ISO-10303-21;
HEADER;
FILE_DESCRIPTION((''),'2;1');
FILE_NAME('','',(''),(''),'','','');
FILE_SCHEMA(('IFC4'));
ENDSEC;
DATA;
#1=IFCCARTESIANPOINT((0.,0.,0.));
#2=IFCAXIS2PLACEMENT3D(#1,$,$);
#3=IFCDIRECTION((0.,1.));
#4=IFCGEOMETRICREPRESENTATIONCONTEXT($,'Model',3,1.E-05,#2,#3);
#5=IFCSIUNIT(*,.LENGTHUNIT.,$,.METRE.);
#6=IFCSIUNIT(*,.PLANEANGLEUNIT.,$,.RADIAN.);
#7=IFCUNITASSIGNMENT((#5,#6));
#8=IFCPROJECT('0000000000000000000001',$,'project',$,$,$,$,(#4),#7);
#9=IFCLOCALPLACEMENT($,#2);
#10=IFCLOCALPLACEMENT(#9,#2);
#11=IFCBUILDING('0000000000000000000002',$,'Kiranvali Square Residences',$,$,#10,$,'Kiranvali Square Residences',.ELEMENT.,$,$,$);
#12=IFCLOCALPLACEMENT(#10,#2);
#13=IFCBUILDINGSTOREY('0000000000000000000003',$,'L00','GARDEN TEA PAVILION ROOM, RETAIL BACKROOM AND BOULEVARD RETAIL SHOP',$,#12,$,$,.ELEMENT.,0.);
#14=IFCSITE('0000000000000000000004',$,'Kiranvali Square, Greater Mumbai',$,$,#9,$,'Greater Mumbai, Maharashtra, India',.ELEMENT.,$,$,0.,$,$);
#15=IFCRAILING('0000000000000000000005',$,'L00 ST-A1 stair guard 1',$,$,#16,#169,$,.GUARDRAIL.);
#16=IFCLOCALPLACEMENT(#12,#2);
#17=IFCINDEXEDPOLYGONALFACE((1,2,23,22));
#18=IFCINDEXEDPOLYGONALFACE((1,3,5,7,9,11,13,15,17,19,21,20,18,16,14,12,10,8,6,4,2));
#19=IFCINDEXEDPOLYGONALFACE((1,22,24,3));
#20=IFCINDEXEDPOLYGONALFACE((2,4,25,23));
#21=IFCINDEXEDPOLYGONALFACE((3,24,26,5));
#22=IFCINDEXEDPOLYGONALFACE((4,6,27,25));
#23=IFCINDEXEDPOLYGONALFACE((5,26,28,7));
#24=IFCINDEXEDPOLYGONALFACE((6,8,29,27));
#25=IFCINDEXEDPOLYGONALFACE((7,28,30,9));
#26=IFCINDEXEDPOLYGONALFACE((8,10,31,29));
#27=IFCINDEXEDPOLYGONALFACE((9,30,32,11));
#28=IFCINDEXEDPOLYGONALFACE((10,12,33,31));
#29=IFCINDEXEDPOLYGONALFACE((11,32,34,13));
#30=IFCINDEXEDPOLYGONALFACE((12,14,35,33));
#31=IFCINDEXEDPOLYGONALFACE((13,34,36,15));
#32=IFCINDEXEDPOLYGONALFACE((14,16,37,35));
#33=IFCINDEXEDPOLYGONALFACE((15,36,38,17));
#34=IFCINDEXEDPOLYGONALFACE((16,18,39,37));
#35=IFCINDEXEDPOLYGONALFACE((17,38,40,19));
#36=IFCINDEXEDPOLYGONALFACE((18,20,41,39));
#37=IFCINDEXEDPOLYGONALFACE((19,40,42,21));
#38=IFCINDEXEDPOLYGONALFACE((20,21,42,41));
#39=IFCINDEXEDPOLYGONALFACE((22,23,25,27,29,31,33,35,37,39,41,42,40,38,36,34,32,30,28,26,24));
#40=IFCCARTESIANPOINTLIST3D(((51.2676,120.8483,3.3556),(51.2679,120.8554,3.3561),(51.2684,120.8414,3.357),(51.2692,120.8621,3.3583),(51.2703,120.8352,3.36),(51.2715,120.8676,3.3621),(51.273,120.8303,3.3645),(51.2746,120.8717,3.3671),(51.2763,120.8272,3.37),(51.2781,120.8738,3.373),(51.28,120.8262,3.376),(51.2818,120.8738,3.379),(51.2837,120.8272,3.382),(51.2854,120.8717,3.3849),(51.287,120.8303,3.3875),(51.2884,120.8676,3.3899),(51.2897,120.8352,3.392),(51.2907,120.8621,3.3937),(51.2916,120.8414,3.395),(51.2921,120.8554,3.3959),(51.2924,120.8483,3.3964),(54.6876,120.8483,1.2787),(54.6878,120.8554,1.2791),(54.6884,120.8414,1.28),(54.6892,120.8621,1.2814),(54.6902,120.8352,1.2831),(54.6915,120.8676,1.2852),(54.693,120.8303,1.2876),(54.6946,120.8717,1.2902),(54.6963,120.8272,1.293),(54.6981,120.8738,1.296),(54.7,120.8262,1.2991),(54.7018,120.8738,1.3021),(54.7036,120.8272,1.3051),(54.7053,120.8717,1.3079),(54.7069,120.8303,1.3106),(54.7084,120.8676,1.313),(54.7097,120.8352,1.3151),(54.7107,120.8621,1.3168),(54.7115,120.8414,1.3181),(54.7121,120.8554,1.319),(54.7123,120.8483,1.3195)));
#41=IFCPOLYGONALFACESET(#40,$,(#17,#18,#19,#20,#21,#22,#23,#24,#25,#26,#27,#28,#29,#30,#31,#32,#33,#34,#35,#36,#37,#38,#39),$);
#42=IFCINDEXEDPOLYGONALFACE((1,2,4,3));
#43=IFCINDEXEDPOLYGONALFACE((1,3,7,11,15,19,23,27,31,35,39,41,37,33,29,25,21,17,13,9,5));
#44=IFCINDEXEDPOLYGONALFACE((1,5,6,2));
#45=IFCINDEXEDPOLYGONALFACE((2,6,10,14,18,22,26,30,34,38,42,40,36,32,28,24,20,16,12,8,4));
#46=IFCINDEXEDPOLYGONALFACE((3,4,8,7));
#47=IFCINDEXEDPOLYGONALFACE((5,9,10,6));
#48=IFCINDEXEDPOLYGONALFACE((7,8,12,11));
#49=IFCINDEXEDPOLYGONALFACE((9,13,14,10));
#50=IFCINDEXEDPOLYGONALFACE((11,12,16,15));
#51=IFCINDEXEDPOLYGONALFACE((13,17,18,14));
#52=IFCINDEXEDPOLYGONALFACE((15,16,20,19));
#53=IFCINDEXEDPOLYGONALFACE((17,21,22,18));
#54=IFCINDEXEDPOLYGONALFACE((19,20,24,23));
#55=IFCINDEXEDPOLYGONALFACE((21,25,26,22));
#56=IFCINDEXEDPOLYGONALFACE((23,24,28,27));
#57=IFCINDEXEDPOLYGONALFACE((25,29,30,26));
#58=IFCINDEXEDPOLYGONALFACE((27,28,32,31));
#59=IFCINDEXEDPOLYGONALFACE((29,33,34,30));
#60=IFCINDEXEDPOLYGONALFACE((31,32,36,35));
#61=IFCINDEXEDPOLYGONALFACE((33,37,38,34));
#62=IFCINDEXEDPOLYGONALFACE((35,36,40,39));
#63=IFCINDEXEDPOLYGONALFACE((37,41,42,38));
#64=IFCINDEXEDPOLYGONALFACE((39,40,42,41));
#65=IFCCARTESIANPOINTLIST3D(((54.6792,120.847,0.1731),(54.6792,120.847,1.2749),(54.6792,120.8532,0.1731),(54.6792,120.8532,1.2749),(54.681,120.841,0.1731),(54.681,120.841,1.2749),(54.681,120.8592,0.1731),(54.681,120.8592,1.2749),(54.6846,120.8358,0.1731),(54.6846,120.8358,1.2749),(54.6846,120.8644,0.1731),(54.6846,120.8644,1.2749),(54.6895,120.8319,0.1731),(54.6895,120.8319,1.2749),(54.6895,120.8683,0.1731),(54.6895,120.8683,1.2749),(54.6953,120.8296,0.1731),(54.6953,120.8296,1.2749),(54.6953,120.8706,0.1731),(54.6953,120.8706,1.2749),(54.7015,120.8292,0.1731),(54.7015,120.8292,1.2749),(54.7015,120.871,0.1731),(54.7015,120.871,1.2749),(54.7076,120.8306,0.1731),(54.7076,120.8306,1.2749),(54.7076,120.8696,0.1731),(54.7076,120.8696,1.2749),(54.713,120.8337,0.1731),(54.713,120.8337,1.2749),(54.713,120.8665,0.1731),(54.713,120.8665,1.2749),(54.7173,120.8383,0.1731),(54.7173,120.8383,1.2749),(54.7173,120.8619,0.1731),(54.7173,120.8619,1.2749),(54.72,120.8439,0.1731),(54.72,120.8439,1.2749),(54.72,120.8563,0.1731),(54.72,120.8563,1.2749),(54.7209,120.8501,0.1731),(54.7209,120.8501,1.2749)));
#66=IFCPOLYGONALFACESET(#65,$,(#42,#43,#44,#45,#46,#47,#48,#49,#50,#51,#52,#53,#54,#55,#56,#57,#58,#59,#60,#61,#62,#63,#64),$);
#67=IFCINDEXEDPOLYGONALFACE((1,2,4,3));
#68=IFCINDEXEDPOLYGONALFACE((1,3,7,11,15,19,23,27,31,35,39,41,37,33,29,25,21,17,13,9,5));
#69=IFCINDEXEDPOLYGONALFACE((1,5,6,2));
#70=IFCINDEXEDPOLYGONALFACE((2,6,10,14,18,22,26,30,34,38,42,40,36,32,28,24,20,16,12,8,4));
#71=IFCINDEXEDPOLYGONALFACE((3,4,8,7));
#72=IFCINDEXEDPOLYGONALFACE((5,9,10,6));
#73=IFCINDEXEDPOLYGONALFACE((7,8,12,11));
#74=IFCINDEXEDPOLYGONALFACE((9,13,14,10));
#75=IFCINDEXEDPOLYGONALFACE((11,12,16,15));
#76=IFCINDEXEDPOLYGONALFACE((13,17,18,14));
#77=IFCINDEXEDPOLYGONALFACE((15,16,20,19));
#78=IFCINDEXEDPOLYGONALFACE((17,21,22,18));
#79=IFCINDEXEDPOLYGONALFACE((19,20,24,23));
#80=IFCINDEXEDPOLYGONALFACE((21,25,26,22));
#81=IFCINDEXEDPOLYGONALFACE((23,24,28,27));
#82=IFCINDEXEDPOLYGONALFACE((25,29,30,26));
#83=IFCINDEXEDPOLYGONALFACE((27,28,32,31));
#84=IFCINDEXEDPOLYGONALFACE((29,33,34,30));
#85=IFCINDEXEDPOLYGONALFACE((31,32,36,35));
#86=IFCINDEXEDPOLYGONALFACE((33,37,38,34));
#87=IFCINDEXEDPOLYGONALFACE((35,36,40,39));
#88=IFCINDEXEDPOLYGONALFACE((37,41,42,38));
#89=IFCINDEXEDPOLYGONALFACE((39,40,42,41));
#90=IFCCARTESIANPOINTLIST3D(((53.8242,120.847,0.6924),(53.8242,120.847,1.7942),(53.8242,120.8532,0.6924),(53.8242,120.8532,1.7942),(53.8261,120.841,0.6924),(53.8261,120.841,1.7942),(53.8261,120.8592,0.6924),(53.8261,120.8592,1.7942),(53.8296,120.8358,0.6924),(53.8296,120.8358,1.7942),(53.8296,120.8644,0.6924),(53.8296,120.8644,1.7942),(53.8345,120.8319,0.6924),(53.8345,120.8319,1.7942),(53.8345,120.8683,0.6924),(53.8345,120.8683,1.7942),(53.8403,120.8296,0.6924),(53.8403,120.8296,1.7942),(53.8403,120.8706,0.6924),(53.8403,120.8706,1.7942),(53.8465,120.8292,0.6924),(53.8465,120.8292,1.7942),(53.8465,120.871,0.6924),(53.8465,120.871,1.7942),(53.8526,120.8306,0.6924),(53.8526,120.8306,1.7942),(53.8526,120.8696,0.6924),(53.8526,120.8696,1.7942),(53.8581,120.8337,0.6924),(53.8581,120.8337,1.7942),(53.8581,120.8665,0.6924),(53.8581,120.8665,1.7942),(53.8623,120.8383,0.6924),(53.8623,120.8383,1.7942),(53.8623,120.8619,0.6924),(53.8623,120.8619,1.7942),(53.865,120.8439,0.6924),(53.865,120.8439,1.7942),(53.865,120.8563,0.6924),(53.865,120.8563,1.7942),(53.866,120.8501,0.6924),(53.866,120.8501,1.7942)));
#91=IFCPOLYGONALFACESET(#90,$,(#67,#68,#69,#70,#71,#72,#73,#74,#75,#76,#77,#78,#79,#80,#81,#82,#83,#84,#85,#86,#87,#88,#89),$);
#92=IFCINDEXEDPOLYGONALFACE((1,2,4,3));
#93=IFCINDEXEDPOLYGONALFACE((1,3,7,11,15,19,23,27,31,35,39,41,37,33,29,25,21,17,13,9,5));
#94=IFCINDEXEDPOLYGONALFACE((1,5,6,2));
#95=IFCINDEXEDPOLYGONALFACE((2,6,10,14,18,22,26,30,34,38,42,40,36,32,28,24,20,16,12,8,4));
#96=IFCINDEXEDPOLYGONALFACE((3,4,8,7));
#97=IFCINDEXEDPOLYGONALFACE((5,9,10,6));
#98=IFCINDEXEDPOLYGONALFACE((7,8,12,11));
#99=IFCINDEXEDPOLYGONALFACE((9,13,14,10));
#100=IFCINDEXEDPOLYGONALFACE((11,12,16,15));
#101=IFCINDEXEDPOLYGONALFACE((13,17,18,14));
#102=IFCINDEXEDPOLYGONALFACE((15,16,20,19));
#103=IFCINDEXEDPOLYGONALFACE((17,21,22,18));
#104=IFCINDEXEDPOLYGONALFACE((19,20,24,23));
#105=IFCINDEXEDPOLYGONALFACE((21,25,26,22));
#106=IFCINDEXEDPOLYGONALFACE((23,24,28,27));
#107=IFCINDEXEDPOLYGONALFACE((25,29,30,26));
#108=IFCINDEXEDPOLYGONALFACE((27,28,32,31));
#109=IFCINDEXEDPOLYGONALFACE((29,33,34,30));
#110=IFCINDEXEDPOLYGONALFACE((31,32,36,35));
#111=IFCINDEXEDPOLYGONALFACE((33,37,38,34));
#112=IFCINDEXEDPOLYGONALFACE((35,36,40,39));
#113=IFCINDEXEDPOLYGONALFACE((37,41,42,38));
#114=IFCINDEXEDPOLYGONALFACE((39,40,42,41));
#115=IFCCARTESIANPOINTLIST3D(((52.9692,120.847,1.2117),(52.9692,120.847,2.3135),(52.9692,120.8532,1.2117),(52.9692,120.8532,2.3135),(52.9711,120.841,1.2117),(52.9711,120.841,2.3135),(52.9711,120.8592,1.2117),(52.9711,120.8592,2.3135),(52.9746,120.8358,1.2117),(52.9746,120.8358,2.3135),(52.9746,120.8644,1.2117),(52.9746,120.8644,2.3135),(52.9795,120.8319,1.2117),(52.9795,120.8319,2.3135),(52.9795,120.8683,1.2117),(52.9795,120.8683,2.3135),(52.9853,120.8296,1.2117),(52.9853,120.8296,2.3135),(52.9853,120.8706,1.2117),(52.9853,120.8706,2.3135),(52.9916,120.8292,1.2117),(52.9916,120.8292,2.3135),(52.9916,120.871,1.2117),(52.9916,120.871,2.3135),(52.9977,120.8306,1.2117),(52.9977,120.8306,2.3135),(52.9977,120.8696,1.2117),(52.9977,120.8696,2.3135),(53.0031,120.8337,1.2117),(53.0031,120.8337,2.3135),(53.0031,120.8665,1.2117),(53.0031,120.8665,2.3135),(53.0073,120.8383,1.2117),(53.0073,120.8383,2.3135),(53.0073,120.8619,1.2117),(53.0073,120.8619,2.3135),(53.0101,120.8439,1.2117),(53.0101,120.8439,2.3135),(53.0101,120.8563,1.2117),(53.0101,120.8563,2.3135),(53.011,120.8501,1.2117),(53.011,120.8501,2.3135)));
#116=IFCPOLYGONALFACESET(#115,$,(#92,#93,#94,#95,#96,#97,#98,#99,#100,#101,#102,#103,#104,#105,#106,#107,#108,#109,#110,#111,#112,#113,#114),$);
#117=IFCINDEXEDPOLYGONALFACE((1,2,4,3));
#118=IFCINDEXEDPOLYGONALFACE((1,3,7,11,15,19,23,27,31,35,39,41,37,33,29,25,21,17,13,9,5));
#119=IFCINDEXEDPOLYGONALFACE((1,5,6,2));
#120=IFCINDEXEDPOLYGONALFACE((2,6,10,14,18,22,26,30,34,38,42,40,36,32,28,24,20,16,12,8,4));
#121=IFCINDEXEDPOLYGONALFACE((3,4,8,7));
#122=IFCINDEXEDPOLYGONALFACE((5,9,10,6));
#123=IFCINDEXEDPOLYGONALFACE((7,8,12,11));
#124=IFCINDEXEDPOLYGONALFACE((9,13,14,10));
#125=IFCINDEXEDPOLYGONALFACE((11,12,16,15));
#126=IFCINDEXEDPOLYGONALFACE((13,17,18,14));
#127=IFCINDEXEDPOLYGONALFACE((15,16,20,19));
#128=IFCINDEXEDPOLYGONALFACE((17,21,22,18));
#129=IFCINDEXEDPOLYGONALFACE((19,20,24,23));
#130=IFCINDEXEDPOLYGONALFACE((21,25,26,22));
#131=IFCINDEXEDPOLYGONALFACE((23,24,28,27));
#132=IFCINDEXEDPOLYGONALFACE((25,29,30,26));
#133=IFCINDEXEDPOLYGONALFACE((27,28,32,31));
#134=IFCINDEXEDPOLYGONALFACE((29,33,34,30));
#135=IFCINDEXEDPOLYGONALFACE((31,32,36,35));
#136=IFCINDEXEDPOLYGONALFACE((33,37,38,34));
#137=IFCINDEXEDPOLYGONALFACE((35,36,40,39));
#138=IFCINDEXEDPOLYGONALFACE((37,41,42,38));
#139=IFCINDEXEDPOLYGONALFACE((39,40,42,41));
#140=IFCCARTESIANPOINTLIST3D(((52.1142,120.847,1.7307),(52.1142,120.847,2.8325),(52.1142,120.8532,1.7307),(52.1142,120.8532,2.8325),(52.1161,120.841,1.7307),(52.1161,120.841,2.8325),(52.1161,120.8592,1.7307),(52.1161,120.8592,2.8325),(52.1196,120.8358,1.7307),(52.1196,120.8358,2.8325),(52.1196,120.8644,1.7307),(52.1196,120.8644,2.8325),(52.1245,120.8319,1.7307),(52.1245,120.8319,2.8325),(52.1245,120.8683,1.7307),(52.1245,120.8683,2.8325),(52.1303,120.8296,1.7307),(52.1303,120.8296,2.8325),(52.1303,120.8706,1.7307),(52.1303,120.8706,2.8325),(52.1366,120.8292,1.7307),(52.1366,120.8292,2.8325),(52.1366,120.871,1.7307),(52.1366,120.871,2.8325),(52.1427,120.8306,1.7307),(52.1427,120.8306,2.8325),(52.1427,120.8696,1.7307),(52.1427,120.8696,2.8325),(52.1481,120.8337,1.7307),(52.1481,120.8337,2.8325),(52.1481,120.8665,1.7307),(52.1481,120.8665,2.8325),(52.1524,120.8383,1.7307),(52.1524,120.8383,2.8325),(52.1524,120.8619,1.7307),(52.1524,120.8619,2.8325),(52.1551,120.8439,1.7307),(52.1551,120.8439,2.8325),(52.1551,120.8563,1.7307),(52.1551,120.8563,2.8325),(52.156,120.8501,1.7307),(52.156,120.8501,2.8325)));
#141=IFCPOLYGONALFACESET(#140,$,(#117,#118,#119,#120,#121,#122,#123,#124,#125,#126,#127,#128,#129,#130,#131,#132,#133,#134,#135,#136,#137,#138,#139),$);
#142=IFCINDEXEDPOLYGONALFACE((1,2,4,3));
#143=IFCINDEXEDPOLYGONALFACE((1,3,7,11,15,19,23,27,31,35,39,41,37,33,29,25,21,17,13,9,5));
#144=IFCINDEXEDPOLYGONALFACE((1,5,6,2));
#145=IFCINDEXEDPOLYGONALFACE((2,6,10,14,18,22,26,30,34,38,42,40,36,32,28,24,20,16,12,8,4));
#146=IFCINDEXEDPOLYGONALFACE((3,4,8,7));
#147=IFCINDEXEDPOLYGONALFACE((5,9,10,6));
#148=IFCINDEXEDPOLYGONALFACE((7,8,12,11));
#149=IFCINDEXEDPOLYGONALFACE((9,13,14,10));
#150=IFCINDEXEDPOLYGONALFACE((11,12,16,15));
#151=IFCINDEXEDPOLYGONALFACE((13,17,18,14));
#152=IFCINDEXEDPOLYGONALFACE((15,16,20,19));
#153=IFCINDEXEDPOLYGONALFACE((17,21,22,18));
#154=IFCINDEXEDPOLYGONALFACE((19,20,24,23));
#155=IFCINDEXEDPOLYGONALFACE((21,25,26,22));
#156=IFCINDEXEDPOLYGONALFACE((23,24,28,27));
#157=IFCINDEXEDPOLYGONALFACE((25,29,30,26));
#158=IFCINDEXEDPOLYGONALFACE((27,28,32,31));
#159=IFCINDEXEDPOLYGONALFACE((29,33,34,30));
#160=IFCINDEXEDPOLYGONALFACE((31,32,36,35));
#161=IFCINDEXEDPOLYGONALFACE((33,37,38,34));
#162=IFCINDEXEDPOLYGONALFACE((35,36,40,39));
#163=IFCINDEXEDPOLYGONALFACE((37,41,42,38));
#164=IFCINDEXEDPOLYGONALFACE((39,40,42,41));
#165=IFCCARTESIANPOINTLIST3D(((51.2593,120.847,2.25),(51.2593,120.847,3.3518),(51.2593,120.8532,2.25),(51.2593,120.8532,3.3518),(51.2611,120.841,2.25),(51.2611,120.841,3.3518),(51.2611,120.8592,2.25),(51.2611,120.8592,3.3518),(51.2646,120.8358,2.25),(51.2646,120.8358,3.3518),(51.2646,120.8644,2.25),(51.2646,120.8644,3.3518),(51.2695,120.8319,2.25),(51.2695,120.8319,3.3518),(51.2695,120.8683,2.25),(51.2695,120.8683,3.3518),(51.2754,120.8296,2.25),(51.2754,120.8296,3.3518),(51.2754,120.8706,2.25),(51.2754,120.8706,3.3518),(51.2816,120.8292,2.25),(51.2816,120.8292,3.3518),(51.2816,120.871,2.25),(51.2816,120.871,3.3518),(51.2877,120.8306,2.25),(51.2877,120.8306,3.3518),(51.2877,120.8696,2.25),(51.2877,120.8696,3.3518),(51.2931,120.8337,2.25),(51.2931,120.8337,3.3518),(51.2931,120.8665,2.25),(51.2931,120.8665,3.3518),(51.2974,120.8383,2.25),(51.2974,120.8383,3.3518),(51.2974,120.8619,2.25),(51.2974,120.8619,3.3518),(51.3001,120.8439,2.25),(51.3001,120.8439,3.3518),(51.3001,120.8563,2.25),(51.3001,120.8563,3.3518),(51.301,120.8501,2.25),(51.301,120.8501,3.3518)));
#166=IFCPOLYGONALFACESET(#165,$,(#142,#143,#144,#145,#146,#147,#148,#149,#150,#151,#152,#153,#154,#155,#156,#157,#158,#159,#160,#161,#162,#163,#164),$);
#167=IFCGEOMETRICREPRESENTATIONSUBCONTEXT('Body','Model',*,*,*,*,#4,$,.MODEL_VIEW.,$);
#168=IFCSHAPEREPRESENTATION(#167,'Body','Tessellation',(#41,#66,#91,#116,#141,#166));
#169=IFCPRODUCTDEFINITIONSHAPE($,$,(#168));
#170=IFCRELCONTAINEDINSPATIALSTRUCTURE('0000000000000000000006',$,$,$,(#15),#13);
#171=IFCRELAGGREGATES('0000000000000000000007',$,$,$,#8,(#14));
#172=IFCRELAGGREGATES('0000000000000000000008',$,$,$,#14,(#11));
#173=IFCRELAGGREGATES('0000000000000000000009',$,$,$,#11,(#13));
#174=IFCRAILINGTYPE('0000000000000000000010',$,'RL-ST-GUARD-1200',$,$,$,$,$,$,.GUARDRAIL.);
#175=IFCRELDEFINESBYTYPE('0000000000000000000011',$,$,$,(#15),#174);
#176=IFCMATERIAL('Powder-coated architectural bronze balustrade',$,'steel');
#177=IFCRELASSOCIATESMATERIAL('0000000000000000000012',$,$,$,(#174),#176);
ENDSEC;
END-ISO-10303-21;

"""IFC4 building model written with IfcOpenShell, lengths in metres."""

from ifc_helpers import new_model, si_unit, direction, frame, origin, origin_2d, place, context, subcontext, project, spatial, circle, extrude, material, type_object, element, save


model = new_model("IFC4")

# Units and contexts
model_context = context("Model", 3, precision=1e-05, world=origin(), true_north=direction((0.0, 1.0)))
body_context = subcontext(model_context, "Body", "Model", "MODEL_VIEW")
ifc_project = project(units=[si_unit("LENGTHUNIT", "METRE"), si_unit("PLANEANGLEUNIT", "RADIAN")], contexts=[model_context])

# Site, building, storey
site_placement = place(None, origin())
site = spatial("IfcSite", under=ifc_project, at=site_placement, Name="Kiranvali Square, Greater Mumbai", LongName="Greater Mumbai, Maharashtra, India", CompositionType="ELEMENT", RefElevation=0.0)
building_placement = place(site_placement, origin())
building = spatial("IfcBuilding", under=site, at=building_placement, Name="Kiranvali Square Residences", LongName="Kiranvali Square Residences", CompositionType="ELEMENT")
storey_placement = place(building_placement, origin())
storey = spatial("IfcBuildingStorey", under=building, at=storey_placement, Name="L00", Description="GARDEN TEA PAVILION ROOM, RETAIL BACKROOM AND BOULEVARD RETAIL SHOP", CompositionType="ELEMENT", Elevation=0.0)

# Railing
ifc_material_1 = material(Name="Powder-coated architectural bronze balustrade", Category="steel")
railing_type_1 = type_object("IfcRailingType", Name="RL-ST-GUARD-1200", PredefinedType="GUARDRAIL", material=ifc_material_1)
railing_1_placement = place(storey_placement, frame((54.7, 120.8501, 0.1731)))
element("IfcRailing", 1, at=railing_1_placement, inside=storey, type_object=railing_type_1, Name="L00 ST-A1 stair guard 1", PredefinedType="GUARDRAIL", context=body_context, shape_type="SweptSolid", body=[
    extrude(circle(Radius=0.0239, at=origin_2d()), frame((0.0, 0.0, 1.126), z_axis=(-0.85473, 0.0, 0.519074), x_axis=(0.0, -1.0, 0.0)), (0.0, 0.0, 1.0), 4.0012),
    extrude(circle(Radius=0.021, at=origin_2d()), origin(), (0.0, 0.0, 1.0), 1.1018),
    extrude(circle(Radius=0.021, at=origin_2d()), frame((-0.855, 0.0, 0.5193)), (0.0, 0.0, 1.0), 1.1018),
    extrude(circle(Radius=0.021, at=origin_2d()), frame((-1.71, 0.0, 1.0386)), (0.0, 0.0, 1.0), 1.1018),
    extrude(circle(Radius=0.021, at=origin_2d()), frame((-2.5649, 0.0, 1.5576)), (0.0, 0.0, 1.0), 1.1018),
    extrude(circle(Radius=0.021, at=origin_2d()), frame((-3.4199, 0.0, 2.0769)), (0.0, 0.0, 1.0), 1.1018),
])

save(model, "model.ifc")
